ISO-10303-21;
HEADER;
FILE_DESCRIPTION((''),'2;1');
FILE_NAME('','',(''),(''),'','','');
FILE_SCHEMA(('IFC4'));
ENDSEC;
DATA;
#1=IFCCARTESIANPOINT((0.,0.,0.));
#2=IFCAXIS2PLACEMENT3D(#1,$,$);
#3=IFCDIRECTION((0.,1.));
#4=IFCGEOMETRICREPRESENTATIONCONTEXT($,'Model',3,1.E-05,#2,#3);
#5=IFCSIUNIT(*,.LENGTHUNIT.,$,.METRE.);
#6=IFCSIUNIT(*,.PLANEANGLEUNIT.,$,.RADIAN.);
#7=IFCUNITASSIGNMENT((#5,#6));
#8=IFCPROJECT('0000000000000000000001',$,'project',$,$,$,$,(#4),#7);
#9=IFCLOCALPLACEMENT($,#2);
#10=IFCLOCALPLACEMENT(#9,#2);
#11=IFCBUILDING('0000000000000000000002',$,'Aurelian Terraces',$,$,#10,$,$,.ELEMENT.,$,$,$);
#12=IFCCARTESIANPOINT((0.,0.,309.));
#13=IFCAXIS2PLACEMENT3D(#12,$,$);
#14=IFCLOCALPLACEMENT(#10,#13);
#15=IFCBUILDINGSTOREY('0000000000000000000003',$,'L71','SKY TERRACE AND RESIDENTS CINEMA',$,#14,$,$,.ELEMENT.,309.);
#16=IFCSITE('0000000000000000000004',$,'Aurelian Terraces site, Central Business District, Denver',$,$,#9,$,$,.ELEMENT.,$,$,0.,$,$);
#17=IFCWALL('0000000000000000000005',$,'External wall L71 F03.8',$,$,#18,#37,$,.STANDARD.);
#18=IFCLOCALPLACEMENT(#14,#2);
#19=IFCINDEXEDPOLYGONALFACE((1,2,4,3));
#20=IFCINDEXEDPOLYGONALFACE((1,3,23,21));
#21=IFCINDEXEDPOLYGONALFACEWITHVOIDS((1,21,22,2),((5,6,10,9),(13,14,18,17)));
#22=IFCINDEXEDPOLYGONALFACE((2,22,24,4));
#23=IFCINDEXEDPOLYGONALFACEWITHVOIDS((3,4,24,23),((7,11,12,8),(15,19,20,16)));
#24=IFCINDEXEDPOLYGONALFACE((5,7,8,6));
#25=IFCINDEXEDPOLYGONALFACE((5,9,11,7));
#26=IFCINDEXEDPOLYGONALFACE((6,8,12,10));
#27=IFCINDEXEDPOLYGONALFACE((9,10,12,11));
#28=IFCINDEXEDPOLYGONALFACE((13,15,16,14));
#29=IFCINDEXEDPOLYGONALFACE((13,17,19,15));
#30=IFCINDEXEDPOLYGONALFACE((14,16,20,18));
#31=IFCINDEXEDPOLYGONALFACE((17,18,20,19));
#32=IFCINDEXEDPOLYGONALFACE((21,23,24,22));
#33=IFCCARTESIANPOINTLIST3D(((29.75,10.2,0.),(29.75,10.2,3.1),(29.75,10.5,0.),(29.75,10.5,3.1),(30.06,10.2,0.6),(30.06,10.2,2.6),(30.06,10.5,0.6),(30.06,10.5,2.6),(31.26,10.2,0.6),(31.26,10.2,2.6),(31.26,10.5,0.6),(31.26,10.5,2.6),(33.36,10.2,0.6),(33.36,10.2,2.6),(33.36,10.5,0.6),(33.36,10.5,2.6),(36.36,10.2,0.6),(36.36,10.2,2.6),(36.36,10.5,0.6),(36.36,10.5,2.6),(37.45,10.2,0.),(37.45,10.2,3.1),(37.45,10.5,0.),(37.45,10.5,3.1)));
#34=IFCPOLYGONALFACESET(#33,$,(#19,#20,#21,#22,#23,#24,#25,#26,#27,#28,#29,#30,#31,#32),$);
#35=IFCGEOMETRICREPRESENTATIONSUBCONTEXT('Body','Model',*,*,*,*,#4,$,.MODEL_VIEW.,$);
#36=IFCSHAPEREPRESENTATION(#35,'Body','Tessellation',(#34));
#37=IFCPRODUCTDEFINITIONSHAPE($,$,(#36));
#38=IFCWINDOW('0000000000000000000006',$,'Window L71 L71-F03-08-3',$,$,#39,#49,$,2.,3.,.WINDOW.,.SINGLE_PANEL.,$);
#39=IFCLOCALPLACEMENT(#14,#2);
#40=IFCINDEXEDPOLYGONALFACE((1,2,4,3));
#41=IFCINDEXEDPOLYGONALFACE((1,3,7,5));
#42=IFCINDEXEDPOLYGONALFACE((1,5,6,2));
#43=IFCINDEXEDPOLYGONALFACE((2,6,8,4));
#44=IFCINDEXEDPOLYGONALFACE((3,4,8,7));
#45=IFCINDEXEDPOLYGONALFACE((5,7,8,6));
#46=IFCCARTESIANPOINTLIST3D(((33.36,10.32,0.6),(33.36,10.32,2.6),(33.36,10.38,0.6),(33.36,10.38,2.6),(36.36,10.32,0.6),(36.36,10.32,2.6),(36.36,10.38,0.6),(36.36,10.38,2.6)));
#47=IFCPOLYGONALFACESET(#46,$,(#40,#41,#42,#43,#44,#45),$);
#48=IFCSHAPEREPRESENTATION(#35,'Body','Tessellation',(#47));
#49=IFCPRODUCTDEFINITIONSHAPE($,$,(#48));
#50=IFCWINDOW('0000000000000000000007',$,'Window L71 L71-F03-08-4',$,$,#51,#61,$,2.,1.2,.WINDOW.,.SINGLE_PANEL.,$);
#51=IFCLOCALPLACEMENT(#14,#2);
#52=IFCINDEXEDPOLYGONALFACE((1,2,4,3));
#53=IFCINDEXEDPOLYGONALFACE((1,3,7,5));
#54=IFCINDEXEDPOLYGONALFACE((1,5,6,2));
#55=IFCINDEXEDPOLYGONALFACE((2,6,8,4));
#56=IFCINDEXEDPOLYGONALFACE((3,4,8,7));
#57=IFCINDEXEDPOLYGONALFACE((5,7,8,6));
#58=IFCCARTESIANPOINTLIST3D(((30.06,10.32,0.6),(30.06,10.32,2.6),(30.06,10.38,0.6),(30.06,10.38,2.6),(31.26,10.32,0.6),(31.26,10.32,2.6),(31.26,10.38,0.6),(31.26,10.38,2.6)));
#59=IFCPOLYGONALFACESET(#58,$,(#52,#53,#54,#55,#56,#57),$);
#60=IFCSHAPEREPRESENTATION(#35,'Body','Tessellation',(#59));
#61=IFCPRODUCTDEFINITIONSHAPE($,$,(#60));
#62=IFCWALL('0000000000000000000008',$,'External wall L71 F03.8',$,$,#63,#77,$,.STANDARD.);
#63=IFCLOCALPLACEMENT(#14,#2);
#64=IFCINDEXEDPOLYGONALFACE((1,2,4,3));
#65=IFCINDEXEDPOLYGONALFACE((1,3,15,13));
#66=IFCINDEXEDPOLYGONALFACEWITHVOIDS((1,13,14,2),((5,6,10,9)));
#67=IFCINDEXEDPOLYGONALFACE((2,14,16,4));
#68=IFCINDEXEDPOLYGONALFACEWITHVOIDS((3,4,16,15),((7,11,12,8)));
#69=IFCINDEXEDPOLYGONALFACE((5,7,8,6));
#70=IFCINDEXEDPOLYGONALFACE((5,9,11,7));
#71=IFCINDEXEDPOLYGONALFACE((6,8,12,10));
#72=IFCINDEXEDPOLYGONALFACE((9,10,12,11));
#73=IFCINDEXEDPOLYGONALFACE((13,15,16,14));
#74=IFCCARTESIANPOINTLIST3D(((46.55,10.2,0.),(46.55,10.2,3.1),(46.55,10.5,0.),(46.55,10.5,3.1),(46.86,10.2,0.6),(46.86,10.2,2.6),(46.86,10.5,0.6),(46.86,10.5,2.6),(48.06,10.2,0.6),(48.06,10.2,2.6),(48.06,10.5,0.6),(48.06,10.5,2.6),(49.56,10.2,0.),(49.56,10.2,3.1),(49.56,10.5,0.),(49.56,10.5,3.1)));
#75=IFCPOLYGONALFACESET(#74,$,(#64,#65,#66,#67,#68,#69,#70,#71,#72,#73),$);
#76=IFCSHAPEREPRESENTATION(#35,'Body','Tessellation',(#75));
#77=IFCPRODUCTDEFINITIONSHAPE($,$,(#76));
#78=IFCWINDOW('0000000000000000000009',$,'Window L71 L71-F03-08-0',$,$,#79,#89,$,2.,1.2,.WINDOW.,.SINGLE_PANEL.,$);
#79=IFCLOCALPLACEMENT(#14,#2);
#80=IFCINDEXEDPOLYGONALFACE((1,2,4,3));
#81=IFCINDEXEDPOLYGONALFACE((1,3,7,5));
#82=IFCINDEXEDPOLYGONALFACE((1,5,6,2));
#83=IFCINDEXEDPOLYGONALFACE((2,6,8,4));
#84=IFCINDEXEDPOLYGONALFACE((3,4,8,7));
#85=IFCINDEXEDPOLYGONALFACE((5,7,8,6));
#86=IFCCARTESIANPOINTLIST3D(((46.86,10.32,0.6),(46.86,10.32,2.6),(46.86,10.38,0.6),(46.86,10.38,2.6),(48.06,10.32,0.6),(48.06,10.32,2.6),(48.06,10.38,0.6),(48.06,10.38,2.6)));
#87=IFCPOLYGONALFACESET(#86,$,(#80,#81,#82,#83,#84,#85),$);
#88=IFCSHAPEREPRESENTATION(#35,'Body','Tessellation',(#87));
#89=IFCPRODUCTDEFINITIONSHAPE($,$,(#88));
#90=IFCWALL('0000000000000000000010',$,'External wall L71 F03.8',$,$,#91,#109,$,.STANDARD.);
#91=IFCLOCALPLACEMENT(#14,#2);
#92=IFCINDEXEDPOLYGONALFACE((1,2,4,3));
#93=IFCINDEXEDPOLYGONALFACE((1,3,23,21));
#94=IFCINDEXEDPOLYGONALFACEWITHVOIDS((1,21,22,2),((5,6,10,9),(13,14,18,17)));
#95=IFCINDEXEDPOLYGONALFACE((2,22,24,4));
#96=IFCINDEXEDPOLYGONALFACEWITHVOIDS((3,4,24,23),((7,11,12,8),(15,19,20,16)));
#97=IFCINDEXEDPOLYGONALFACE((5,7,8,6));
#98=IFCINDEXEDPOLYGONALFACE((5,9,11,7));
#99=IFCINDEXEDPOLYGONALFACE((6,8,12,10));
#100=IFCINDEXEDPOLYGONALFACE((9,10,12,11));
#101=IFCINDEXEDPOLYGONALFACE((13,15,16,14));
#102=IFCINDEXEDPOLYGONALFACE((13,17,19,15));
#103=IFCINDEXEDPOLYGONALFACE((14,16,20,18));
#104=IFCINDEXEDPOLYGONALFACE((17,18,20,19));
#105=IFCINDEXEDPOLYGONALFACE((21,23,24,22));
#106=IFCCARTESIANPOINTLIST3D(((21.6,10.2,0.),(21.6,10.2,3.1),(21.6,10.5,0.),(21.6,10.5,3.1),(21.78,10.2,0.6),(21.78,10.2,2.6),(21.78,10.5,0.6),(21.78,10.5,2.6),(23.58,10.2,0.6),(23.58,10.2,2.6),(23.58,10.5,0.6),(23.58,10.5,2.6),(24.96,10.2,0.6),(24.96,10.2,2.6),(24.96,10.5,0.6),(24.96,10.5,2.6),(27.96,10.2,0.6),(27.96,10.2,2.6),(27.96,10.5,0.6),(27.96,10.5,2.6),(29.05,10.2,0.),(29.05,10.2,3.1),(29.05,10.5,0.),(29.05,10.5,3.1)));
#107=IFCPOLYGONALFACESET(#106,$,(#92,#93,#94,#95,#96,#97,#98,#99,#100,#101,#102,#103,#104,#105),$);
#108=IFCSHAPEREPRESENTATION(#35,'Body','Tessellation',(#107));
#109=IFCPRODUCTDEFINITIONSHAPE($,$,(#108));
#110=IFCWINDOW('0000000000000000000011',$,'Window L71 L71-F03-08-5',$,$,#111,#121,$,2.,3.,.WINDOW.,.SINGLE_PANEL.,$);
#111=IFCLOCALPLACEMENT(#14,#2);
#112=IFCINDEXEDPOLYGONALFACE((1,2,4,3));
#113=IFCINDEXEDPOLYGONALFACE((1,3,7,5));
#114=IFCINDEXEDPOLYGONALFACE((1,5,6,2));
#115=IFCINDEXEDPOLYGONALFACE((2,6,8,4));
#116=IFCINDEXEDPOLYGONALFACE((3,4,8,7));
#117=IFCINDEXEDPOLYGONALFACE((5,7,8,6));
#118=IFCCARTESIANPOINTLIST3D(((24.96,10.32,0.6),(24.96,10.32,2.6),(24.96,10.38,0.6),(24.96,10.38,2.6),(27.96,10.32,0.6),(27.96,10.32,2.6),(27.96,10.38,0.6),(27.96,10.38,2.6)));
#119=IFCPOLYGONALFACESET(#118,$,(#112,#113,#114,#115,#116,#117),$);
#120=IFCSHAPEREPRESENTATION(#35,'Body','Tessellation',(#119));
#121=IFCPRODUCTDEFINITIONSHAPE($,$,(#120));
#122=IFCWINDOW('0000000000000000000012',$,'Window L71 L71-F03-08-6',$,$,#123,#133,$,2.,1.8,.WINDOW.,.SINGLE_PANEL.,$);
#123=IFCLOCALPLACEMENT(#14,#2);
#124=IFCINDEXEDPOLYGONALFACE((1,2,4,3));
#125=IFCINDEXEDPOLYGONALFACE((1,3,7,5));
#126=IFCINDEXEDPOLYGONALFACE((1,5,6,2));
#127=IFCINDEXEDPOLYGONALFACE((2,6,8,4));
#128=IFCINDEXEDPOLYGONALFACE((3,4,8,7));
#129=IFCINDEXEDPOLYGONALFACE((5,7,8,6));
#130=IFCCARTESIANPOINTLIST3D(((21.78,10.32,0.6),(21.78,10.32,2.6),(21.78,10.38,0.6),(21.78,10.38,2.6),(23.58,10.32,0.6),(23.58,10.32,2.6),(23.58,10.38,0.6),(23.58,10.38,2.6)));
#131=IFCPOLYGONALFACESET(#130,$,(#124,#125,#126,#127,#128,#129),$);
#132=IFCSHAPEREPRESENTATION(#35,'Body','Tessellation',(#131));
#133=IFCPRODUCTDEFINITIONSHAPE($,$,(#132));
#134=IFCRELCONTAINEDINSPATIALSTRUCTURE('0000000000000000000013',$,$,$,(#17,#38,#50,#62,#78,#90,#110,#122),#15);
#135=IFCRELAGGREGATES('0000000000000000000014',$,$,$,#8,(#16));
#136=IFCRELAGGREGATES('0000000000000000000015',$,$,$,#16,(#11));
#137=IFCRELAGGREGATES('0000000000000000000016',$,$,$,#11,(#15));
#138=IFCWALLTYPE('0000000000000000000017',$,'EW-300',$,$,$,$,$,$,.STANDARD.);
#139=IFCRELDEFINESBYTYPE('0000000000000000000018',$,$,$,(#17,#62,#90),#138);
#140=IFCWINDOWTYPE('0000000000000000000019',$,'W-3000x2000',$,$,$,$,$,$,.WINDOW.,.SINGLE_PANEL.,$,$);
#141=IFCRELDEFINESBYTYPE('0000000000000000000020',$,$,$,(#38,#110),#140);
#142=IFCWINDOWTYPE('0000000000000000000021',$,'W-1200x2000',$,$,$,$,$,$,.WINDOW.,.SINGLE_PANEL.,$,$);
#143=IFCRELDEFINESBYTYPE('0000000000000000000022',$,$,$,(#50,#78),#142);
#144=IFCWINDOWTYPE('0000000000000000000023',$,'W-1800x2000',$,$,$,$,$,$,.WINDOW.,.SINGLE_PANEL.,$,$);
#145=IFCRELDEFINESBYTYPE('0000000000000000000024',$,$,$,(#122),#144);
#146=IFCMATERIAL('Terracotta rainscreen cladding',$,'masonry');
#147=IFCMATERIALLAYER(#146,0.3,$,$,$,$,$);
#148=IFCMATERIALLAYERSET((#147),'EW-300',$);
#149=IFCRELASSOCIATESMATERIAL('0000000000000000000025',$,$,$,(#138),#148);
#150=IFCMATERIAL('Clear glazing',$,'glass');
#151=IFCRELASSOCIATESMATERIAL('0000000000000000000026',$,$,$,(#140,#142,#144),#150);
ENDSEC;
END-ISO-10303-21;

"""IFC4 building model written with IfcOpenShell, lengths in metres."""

from ifc_helpers import new_model, si_unit, direction, frame, frame_2d, origin, place, context, subcontext, project, spatial, rectangle, extrude, source, transform, mapped, material, layer, layer_set, type_object, element, fill, save


model = new_model("IFC4")

# Units and contexts
model_context = context("Model", 3, precision=1e-05, world=origin(), true_north=direction((0.0, 1.0)))
body_context = subcontext(model_context, "Body", "Model", "MODEL_VIEW")
ifc_project = project(units=[si_unit("LENGTHUNIT", "METRE"), si_unit("PLANEANGLEUNIT", "RADIAN")], contexts=[model_context])

# Site, building, storey
site_placement = place(None, origin())
site = spatial("IfcSite", under=ifc_project, at=site_placement, Name="Aurelian Terraces site, Central Business District, Denver", CompositionType="ELEMENT", RefElevation=0.0)
building_placement = place(site_placement, origin())
building = spatial("IfcBuilding", under=site, at=building_placement, Name="Aurelian Terraces", CompositionType="ELEMENT")
storey_placement = place(building_placement, frame((0.0, 0.0, 309.0)))
storey = spatial("IfcBuildingStorey", under=building, at=storey_placement, Name="L71", Description="SKY TERRACE AND RESIDENTS CINEMA", CompositionType="ELEMENT", Elevation=309.0)

# Wall, openings, windows
ifc_material_1 = material(Name="Terracotta rainscreen cladding", Category="masonry")
ifc_layer_1 = layer(ifc_material_1, 0.3)
ifc_layer_set_1 = layer_set([ifc_layer_1], Name="EW-300")
wall_type_1 = type_object("IfcWallType", Name="EW-300", PredefinedType="STANDARD", material=ifc_layer_set_1)
shared_shape_1 = source(origin(), body_context, "Body", "SweptSolid", [
    extrude(rectangle(XDim=7.7, YDim=0.3, at=frame_2d((3.85, 0.0))), origin(), (0.0, 0.0, 1.0), 3.1),
])
shared_shape_2 = source(origin(), body_context, "Body", "SweptSolid", [
    extrude(rectangle(XDim=3.0, YDim=2.0, at=frame_2d((1.5, 1.0))), frame((0.0, 0.16, 0.0), z_axis=(0.0, -1.0, 0.0), x_axis=(1.0, 0.0, 0.0)), (0.0, 0.0, 1.0), 0.32),
])
shared_shape_3 = source(origin(), body_context, "Body", "SweptSolid", [
    extrude(rectangle(XDim=1.2, YDim=2.0, at=frame_2d((0.6, 1.0))), frame((0.0, 0.16, 0.0), z_axis=(0.0, -1.0, 0.0), x_axis=(1.0, 0.0, 0.0)), (0.0, 0.0, 1.0), 0.32),
])
ifc_material_2 = material(Name="Clear glazing", Category="glass")
window_type_1 = type_object("IfcWindowType", Name="W-3000x2000", PartitioningType="SINGLE_PANEL", PredefinedType="WINDOW", material=ifc_material_2)
shared_shape_4 = source(origin(), body_context, "Body", "SweptSolid", [
    extrude(rectangle(XDim=3.0, YDim=2.0, at=frame_2d((1.5, 1.0))), frame((0.0, 0.03, 0.0), z_axis=(0.0, -1.0, 0.0), x_axis=(1.0, 0.0, 0.0)), (0.0, 0.0, 1.0), 0.06),
])
window_type_2 = type_object("IfcWindowType", Name="W-1200x2000", PartitioningType="SINGLE_PANEL", PredefinedType="WINDOW", material=ifc_material_2)
shared_shape_5 = source(origin(), body_context, "Body", "SweptSolid", [
    extrude(rectangle(XDim=1.2, YDim=2.0, at=frame_2d((0.6, 1.0))), frame((0.0, 0.03, 0.0), z_axis=(0.0, -1.0, 0.0), x_axis=(1.0, 0.0, 0.0)), (0.0, 0.0, 1.0), 0.06),
])
wall_1_placement = place(storey_placement, frame((37.45, 10.35, 0.0), z_axis=(0.0, 0.0, 1.0), x_axis=(-1.0, 0.0, 0.0)))
wall_1 = element("IfcWall", 1, at=wall_1_placement, inside=storey, type_object=wall_type_1, Name="External wall L71 F03.8", PredefinedType="STANDARD", context=body_context, shape_type="MappedRepresentation", body=[
    mapped(shared_shape_1, transform((0.0, 0.0, 0.0), scale=1.0)),
])
opening_1_placement = place(wall_1_placement, frame((1.09, 0.0, 0.6)))
opening_1 = element("IfcOpeningElement", 2, at=opening_1_placement, cuts=wall_1, PredefinedType="OPENING", context=body_context, shape_type="MappedRepresentation", body=[
    mapped(shared_shape_2, transform((0.0, 0.0, 0.0), scale=1.0)),
])
opening_2_placement = place(wall_1_placement, frame((6.19, 0.0, 0.6)))
opening_2 = element("IfcOpeningElement", 3, at=opening_2_placement, cuts=wall_1, PredefinedType="OPENING", context=body_context, shape_type="MappedRepresentation", body=[
    mapped(shared_shape_3, transform((0.0, 0.0, 0.0), scale=1.0)),
])
window_1_placement = place(opening_1_placement, origin())
window_1 = element("IfcWindow", 4, at=window_1_placement, inside=storey, type_object=window_type_1, Name="Window L71 L71-F03-08-3", OverallHeight=2.0, OverallWidth=3.0, PartitioningType="SINGLE_PANEL", PredefinedType="WINDOW", context=body_context, shape_type="MappedRepresentation", body=[
    mapped(shared_shape_4, transform((0.0, 0.0, 0.0), scale=1.0)),
])
fill(opening_1, window_1)
window_2_placement = place(opening_2_placement, origin())
window_2 = element("IfcWindow", 5, at=window_2_placement, inside=storey, type_object=window_type_2, Name="Window L71 L71-F03-08-4", OverallHeight=2.0, OverallWidth=1.2, PartitioningType="SINGLE_PANEL", PredefinedType="WINDOW", context=body_context, shape_type="MappedRepresentation", body=[
    mapped(shared_shape_5, transform((0.0, 0.0, 0.0), scale=1.0)),
])
fill(opening_2, window_2)

# Wall, opening, window
shared_shape_6 = source(origin(), body_context, "Body", "SweptSolid", [
    extrude(rectangle(XDim=3.01, YDim=0.3, at=frame_2d((1.505, 0.0))), origin(), (0.0, 0.0, 1.0), 3.1),
])
wall_2_placement = place(storey_placement, frame((49.56, 10.35, 0.0), z_axis=(0.0, 0.0, 1.0), x_axis=(-1.0, 0.0, 0.0)))
wall_2 = element("IfcWall", 6, at=wall_2_placement, inside=storey, type_object=wall_type_1, Name="External wall L71 F03.8", PredefinedType="STANDARD", context=body_context, shape_type="MappedRepresentation", body=[
    mapped(shared_shape_6, transform((0.0, 0.0, 0.0), scale=1.0)),
])
opening_3_placement = place(wall_2_placement, frame((1.5, 0.0, 0.6)))
opening_3 = element("IfcOpeningElement", 7, at=opening_3_placement, cuts=wall_2, PredefinedType="OPENING", context=body_context, shape_type="MappedRepresentation", body=[
    mapped(shared_shape_3, transform((0.0, 0.0, 0.0), scale=1.0)),
])
window_3_placement = place(opening_3_placement, origin())
window_3 = element("IfcWindow", 8, at=window_3_placement, inside=storey, type_object=window_type_2, Name="Window L71 L71-F03-08-0", OverallHeight=2.0, OverallWidth=1.2, PartitioningType="SINGLE_PANEL", PredefinedType="WINDOW", context=body_context, shape_type="MappedRepresentation", body=[
    mapped(shared_shape_5, transform((0.0, 0.0, 0.0), scale=1.0)),
])
fill(opening_3, window_3)

# Wall, openings, windows
shared_shape_7 = source(origin(), body_context, "Body", "SweptSolid", [
    extrude(rectangle(XDim=7.45, YDim=0.3, at=frame_2d((3.725, 0.0))), origin(), (0.0, 0.0, 1.0), 3.1),
])
wall_3_placement = place(storey_placement, frame((29.05, 10.35, 0.0), z_axis=(0.0, 0.0, 1.0), x_axis=(-1.0, 0.0, 0.0)))
wall_3 = element("IfcWall", 9, at=wall_3_placement, inside=storey, type_object=wall_type_1, Name="External wall L71 F03.8", PredefinedType="STANDARD", context=body_context, shape_type="MappedRepresentation", body=[
    mapped(shared_shape_7, transform((0.0, 0.0, 0.0), scale=1.0)),
])
opening_4_placement = place(wall_3_placement, frame((1.09, 0.0, 0.6)))
opening_4 = element("IfcOpeningElement", 10, at=opening_4_placement, cuts=wall_3, PredefinedType="OPENING", context=body_context, shape_type="MappedRepresentation", body=[
    mapped(shared_shape_2, transform((0.0, 0.0, 0.0), scale=1.0)),
])
shared_shape_8 = source(origin(), body_context, "Body", "SweptSolid", [
    extrude(rectangle(XDim=1.8, YDim=2.0, at=frame_2d((0.9, 1.0))), frame((0.0, 0.16, 0.0), z_axis=(0.0, -1.0, 0.0), x_axis=(1.0, 0.0, 0.0)), (0.0, 0.0, 1.0), 0.32),
])
opening_5_placement = place(wall_3_placement, frame((5.47, 0.0, 0.6)))
opening_5 = element("IfcOpeningElement", 11, at=opening_5_placement, cuts=wall_3, PredefinedType="OPENING", context=body_context, shape_type="MappedRepresentation", body=[
    mapped(shared_shape_8, transform((0.0, 0.0, 0.0), scale=1.0)),
])
window_4_placement = place(opening_4_placement, origin())
window_4 = element("IfcWindow", 12, at=window_4_placement, inside=storey, type_object=window_type_1, Name="Window L71 L71-F03-08-5", OverallHeight=2.0, OverallWidth=3.0, PartitioningType="SINGLE_PANEL", PredefinedType="WINDOW", context=body_context, shape_type="MappedRepresentation", body=[
    mapped(shared_shape_4, transform((0.0, 0.0, 0.0), scale=1.0)),
])
fill(opening_4, window_4)
window_type_3 = type_object("IfcWindowType", Name="W-1800x2000", PartitioningType="SINGLE_PANEL", PredefinedType="WINDOW", material=ifc_material_2)
shared_shape_9 = source(origin(), body_context, "Body", "SweptSolid", [
    extrude(rectangle(XDim=1.8, YDim=2.0, at=frame_2d((0.9, 1.0))), frame((0.0, 0.03, 0.0), z_axis=(0.0, -1.0, 0.0), x_axis=(1.0, 0.0, 0.0)), (0.0, 0.0, 1.0), 0.06),
])
window_5_placement = place(opening_5_placement, origin())
window_5 = element("IfcWindow", 13, at=window_5_placement, inside=storey, type_object=window_type_3, Name="Window L71 L71-F03-08-6", OverallHeight=2.0, OverallWidth=1.8, PartitioningType="SINGLE_PANEL", PredefinedType="WINDOW", context=body_context, shape_type="MappedRepresentation", body=[
    mapped(shared_shape_9, transform((0.0, 0.0, 0.0), scale=1.0)),
])
fill(opening_5, window_5)

save(model, "model.ifc")
